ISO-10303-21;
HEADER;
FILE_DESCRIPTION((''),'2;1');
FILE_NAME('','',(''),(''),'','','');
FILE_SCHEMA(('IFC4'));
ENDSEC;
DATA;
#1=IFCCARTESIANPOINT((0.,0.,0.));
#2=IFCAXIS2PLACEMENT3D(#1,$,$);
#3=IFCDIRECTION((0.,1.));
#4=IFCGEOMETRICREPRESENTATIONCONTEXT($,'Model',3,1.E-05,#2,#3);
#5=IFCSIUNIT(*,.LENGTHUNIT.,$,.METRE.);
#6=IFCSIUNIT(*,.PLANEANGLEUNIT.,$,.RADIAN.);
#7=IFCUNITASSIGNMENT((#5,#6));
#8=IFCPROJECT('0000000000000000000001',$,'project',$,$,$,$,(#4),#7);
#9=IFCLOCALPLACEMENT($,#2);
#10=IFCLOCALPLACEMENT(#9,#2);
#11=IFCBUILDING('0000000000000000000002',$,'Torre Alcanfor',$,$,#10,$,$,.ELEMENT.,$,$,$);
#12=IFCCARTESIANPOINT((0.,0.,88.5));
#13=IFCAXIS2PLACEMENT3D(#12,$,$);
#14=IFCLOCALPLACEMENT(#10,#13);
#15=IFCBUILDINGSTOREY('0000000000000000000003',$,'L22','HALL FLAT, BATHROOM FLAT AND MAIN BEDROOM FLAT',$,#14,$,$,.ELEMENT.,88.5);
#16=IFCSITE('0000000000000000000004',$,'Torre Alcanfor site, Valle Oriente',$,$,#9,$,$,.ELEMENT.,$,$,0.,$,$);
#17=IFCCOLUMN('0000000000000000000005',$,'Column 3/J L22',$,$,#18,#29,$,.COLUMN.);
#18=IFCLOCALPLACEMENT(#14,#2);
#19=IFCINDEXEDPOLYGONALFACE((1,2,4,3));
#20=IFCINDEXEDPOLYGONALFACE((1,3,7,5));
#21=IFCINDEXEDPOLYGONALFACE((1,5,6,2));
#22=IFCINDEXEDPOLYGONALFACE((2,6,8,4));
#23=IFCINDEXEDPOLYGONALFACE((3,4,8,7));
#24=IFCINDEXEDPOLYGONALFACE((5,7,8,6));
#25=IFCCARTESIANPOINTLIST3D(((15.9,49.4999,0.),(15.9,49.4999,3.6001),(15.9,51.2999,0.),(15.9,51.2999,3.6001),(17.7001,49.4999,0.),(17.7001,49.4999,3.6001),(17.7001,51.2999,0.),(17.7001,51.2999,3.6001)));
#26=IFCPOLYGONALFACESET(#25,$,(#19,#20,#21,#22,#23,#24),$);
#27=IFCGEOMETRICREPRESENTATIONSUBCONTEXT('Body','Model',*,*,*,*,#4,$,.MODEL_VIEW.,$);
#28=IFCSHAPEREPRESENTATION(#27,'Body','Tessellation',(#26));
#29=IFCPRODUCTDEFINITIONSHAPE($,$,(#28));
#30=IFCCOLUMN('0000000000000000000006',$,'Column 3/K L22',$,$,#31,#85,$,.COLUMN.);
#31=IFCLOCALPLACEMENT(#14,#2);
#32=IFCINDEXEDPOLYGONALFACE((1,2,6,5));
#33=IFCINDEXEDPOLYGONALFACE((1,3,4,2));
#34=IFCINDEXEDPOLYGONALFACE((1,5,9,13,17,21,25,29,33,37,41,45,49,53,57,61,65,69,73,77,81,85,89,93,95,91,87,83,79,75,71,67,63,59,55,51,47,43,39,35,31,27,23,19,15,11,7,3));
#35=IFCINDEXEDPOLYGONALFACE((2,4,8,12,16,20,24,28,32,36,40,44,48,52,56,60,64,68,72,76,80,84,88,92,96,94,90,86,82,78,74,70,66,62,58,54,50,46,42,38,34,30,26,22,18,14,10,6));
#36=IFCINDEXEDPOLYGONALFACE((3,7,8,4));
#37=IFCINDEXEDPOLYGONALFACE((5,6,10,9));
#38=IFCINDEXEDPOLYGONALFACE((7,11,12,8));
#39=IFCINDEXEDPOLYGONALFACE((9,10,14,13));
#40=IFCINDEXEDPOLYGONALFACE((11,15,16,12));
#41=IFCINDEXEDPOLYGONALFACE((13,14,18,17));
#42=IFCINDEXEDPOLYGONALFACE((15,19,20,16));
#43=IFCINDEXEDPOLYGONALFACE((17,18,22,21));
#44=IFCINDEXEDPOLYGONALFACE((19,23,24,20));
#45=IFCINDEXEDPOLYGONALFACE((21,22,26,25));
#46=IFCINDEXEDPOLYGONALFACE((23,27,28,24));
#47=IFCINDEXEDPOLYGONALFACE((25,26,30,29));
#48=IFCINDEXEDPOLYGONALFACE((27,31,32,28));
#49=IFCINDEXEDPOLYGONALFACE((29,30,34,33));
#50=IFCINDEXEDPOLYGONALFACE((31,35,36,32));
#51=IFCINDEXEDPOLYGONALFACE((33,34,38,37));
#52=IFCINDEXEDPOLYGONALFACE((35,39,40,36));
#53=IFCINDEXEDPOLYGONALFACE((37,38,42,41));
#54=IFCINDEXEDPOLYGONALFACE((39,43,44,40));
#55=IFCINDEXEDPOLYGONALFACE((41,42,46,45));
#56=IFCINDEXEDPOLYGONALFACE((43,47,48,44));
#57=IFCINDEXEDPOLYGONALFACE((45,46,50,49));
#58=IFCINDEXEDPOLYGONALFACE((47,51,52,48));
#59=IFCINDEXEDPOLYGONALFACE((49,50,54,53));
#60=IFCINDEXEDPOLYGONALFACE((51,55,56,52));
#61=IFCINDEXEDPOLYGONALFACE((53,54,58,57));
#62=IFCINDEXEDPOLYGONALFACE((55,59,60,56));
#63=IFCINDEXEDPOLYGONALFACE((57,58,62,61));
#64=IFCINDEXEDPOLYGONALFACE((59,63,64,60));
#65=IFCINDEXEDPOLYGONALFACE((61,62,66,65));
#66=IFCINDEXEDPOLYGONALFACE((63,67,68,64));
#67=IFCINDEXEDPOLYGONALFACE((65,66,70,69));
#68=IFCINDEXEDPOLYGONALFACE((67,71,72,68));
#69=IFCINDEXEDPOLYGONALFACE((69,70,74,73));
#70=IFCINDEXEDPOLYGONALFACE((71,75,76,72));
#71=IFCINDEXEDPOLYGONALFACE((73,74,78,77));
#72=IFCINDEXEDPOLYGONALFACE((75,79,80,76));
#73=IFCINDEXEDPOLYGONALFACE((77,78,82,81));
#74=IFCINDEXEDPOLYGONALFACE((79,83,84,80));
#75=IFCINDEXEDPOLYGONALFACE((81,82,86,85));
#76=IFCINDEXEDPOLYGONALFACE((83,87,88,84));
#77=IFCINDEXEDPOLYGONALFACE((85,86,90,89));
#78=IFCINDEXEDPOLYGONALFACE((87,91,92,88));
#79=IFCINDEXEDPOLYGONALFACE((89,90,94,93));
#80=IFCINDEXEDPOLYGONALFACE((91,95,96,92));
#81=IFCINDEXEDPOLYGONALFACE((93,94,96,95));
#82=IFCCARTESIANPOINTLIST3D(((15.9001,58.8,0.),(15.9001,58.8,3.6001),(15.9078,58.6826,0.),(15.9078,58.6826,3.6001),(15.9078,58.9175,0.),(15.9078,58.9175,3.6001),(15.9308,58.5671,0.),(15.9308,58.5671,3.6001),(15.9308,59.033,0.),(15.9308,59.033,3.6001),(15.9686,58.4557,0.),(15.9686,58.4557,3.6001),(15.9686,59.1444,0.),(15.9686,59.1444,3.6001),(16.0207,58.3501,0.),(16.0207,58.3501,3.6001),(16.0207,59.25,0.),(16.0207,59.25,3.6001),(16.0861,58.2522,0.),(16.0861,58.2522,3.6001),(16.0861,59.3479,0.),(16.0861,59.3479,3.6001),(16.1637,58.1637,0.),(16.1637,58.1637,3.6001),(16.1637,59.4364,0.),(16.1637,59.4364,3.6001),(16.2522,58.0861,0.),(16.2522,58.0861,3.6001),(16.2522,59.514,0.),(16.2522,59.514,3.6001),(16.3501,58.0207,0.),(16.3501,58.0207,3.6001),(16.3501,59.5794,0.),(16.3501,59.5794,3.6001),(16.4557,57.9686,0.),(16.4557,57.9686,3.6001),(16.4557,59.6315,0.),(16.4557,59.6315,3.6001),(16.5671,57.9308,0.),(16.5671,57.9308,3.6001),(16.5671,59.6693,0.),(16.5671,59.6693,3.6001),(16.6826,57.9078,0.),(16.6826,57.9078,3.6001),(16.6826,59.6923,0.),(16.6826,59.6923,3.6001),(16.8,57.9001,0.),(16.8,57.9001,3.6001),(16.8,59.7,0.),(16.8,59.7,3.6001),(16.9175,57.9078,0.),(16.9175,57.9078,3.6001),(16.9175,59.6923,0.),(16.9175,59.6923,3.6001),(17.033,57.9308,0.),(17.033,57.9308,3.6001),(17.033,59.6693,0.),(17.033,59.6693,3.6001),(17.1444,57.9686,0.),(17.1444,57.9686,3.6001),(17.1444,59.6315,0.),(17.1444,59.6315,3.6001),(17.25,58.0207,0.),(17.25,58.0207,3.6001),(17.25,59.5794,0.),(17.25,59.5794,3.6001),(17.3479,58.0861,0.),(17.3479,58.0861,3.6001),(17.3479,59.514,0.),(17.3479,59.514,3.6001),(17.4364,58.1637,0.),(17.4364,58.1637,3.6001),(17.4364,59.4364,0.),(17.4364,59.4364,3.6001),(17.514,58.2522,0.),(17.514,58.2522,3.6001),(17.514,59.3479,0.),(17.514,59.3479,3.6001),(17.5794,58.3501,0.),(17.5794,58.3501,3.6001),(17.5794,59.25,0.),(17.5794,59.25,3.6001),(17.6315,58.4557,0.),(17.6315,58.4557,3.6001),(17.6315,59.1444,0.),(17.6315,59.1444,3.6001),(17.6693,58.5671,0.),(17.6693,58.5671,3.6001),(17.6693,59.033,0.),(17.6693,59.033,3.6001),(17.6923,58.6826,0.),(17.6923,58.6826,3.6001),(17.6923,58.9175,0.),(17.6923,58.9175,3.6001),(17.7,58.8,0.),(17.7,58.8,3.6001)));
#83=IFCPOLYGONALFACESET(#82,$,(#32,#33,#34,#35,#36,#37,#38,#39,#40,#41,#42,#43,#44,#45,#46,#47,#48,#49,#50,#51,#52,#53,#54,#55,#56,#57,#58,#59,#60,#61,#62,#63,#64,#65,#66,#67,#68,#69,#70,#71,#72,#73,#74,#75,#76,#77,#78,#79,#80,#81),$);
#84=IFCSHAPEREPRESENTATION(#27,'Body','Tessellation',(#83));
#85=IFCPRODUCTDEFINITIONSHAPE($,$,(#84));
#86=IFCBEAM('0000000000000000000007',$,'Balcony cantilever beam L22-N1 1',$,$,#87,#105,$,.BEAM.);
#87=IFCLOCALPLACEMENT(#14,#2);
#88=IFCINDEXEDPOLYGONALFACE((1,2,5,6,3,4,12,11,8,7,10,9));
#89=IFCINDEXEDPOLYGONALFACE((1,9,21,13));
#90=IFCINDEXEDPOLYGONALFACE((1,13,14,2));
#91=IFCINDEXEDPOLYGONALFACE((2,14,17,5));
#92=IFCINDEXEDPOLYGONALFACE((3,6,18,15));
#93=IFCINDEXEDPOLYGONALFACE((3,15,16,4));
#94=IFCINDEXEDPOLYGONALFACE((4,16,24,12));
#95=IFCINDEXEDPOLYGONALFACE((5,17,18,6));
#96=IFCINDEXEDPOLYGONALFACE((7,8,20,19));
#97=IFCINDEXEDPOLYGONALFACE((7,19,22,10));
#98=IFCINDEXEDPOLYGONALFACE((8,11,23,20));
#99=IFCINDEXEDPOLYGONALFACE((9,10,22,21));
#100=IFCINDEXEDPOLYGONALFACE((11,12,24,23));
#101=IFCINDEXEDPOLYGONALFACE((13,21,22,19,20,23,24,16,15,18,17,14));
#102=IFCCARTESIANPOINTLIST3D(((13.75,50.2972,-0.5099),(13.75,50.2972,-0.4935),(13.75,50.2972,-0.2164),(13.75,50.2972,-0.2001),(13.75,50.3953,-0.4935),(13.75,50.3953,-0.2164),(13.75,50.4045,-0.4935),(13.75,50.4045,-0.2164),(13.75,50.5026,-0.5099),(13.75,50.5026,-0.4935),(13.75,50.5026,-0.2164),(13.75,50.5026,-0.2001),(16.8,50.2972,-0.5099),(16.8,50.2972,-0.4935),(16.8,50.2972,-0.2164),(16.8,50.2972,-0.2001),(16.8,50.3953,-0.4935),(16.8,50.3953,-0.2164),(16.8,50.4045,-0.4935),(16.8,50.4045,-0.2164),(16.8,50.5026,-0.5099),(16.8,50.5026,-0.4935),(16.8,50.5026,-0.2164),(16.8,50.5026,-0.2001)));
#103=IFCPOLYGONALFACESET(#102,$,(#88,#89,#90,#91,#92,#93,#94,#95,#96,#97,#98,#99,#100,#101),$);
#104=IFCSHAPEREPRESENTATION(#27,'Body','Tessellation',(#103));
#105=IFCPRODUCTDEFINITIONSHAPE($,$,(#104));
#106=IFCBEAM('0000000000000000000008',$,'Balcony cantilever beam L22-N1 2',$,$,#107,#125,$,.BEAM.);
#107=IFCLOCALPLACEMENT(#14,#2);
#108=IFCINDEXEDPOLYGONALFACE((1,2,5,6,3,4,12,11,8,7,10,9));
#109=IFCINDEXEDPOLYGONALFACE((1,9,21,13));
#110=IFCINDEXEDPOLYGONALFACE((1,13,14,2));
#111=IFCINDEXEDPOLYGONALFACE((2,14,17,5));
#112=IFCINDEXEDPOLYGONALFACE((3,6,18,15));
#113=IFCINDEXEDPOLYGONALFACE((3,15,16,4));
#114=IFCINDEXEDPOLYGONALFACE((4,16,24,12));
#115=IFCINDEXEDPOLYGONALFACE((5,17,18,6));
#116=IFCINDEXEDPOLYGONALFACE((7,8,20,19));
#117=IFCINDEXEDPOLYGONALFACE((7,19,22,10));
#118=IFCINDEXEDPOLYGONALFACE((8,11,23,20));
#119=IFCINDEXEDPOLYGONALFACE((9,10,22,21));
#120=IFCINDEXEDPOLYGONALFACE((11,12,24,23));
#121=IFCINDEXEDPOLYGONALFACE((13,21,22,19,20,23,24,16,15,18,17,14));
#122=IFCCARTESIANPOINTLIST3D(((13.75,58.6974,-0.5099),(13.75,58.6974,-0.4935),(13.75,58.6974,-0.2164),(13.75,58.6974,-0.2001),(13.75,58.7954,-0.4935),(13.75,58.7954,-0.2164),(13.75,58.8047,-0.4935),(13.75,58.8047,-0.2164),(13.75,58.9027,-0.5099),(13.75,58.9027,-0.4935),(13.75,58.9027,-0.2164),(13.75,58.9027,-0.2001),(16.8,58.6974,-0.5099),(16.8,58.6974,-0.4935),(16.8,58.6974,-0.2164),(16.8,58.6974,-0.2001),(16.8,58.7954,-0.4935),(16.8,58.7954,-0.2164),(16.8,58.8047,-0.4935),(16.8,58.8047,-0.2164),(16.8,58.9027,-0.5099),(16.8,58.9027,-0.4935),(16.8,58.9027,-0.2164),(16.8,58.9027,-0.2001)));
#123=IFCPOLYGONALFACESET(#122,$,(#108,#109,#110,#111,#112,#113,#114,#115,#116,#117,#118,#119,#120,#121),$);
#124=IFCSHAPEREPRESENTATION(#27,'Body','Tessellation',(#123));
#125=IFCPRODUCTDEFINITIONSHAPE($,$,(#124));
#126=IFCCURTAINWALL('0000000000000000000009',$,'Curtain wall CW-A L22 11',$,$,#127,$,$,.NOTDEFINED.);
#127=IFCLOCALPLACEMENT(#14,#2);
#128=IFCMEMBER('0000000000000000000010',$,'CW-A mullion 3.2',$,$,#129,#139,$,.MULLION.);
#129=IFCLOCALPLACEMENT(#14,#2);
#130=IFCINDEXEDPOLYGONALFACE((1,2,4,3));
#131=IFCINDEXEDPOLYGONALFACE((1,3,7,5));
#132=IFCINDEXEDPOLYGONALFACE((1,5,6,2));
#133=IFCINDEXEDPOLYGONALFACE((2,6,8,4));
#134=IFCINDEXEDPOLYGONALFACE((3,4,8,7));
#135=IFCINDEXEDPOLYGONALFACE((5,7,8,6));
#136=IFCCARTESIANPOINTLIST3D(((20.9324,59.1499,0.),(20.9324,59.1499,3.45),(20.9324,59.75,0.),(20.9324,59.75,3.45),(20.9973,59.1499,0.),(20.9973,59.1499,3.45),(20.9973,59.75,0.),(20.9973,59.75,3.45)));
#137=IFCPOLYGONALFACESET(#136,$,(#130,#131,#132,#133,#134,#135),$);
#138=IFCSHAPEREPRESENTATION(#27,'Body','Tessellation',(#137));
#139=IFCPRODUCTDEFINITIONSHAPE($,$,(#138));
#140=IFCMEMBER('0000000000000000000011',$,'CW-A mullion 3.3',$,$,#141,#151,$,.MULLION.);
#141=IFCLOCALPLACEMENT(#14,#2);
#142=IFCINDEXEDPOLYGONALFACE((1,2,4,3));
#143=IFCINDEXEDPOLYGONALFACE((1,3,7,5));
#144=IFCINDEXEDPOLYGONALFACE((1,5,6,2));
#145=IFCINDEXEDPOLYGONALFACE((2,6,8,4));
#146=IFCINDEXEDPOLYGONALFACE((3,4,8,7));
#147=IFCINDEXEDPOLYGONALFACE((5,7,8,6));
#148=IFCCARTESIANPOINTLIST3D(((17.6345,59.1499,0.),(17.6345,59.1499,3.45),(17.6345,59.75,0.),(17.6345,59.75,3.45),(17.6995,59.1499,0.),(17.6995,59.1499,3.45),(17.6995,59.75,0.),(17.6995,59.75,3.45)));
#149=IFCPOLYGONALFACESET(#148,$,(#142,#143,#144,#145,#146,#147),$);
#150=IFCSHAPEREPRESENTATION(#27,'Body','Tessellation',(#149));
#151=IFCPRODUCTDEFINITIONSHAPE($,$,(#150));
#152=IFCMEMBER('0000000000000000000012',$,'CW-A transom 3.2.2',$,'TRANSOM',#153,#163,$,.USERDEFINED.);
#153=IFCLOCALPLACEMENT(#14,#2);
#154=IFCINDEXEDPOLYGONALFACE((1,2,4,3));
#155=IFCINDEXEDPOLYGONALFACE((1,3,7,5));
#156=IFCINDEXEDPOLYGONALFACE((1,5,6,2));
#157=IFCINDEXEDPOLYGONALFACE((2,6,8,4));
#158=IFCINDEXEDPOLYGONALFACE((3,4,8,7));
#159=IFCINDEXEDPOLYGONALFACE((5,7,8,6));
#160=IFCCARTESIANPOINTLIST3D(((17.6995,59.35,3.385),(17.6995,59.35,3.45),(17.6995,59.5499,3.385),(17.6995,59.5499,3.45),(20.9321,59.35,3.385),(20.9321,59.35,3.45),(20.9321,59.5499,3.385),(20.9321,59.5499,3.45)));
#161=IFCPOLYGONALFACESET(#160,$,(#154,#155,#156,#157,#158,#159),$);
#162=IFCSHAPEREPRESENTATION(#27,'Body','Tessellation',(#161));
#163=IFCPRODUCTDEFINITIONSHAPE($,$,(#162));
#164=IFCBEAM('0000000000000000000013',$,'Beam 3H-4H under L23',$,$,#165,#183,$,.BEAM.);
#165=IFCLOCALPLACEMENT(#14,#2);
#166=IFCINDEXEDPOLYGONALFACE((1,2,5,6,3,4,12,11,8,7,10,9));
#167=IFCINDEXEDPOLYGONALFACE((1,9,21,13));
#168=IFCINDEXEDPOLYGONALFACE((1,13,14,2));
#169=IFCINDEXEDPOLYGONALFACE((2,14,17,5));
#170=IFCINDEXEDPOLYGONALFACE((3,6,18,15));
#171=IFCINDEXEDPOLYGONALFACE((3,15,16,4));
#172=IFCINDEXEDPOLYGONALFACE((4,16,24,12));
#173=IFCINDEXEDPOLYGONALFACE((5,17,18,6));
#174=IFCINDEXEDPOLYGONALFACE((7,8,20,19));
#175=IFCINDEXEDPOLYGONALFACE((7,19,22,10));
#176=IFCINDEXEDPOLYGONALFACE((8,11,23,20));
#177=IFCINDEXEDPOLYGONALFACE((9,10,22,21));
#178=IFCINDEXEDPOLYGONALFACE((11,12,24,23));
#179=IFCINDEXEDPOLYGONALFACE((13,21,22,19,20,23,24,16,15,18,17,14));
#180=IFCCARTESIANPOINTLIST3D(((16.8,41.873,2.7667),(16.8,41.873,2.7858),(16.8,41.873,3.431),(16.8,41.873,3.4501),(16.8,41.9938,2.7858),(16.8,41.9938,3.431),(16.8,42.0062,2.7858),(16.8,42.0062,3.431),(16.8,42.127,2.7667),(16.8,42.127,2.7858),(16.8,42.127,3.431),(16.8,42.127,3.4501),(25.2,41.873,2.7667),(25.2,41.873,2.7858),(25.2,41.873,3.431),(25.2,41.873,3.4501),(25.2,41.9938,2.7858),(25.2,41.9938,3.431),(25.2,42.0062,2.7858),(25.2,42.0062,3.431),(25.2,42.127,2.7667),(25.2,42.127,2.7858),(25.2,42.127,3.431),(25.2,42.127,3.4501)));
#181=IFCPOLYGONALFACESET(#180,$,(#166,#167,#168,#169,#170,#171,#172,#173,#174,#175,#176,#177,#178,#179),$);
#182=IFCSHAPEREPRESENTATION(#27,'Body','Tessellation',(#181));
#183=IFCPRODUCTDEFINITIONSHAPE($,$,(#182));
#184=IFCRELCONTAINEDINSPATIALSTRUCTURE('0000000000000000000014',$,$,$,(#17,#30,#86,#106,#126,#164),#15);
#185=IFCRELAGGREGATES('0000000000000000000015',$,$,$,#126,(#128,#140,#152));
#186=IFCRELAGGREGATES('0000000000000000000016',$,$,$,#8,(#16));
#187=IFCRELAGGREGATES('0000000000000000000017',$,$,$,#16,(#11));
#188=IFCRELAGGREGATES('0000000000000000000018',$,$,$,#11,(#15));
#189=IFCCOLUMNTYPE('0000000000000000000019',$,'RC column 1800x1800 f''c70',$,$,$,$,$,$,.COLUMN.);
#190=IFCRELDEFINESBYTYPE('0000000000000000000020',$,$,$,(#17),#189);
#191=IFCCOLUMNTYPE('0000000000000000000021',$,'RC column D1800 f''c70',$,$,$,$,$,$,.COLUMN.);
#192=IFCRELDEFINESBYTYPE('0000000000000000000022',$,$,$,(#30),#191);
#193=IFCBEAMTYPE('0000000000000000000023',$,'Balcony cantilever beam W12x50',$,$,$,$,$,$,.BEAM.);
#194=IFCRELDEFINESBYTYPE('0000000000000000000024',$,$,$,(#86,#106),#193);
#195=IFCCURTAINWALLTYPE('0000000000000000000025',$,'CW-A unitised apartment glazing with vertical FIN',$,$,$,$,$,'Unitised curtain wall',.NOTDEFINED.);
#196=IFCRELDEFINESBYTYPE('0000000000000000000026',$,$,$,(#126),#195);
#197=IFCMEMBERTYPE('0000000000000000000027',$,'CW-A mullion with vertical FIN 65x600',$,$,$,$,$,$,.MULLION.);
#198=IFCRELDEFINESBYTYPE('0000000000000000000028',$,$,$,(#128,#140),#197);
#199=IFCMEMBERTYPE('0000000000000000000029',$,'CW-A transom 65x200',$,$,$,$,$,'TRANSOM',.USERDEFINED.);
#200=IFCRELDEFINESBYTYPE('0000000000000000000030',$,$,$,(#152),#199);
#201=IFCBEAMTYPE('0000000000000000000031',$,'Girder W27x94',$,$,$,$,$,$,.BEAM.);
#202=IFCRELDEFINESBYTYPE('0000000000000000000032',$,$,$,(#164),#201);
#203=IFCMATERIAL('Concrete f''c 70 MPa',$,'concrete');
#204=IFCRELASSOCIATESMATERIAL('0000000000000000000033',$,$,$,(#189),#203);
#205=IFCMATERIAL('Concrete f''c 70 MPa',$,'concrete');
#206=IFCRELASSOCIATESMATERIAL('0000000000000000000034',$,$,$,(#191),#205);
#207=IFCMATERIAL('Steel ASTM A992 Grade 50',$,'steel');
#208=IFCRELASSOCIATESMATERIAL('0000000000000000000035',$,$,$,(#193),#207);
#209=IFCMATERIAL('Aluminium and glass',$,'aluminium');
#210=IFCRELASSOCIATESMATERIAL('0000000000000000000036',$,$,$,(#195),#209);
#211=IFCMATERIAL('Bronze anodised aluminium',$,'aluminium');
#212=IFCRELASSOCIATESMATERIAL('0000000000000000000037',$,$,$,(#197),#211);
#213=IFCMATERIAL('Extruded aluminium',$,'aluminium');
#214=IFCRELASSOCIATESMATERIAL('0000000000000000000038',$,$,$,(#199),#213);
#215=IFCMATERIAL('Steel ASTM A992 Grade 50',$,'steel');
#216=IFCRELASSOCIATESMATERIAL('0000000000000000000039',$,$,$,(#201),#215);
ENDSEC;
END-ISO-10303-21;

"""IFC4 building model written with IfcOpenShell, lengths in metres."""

from ifc_helpers import new_model, si_unit, direction, frame, origin, origin_2d, place, context, subcontext, project, spatial, rectangle, circle, i_section, extrude, material, material_profile, profile_set, type_object, element, aggregate, save


model = new_model("IFC4")

# Units and contexts
model_context = context("Model", 3, precision=1e-05, world=origin(), true_north=direction((0.0, 1.0)))
body_context = subcontext(model_context, "Body", "Model", "MODEL_VIEW")
ifc_project = project(units=[si_unit("LENGTHUNIT", "METRE"), si_unit("PLANEANGLEUNIT", "RADIAN")], contexts=[model_context])

# Site, building, storey
site_placement = place(None, origin())
site = spatial("IfcSite", under=ifc_project, at=site_placement, Name="Torre Alcanfor site, Valle Oriente", CompositionType="ELEMENT", RefElevation=0.0)
building_placement = place(site_placement, origin())
building = spatial("IfcBuilding", under=site, at=building_placement, Name="Torre Alcanfor", CompositionType="ELEMENT")
storey_placement = place(building_placement, frame((0.0, 0.0, 88.5)))
storey = spatial("IfcBuildingStorey", under=building, at=storey_placement, Name="L22", Description="HALL FLAT, BATHROOM FLAT AND MAIN BEDROOM FLAT", CompositionType="ELEMENT", Elevation=88.5)

# Columns
ifc_material_1 = material(Name="Concrete f'c 70 MPa", Category="concrete")
ifc_material_profile_1 = material_profile(ifc_material_1, rectangle(XDim=1.8, YDim=1.8, at=origin_2d()), Name="1800x1800")
ifc_profile_set_1 = profile_set([ifc_material_profile_1], Name="Concrete f'c 70 MPa")
column_type_1 = type_object("IfcColumnType", Name="RC column 1800x1800 f'c70", PredefinedType="COLUMN", material=ifc_profile_set_1)
column_1_placement = place(storey_placement, frame((16.8, 50.3999, 0.0), z_axis=(0.0, 0.0, 1.0), x_axis=(1.0, 0.0, 0.0)))
element("IfcColumn", 1, at=column_1_placement, inside=storey, type_object=column_type_1, Name="Column 3/J L22", PredefinedType="COLUMN", context=body_context, shape_type="SweptSolid", body=[
    extrude(rectangle(XDim=1.8, YDim=1.8, at=origin_2d()), origin(), (0.0, 0.0, 1.0), 3.6001),
])
ifc_material_2 = material(Name="Concrete f'c 70 MPa", Category="concrete")
ifc_material_profile_2 = material_profile(ifc_material_2, circle(Radius=0.8999, at=origin_2d()), Name="D1800")
ifc_profile_set_2 = profile_set([ifc_material_profile_2], Name="Concrete f'c 70 MPa")
column_type_2 = type_object("IfcColumnType", Name="RC column D1800 f'c70", PredefinedType="COLUMN", material=ifc_profile_set_2)
column_2_placement = place(storey_placement, frame((16.8, 58.8, 0.0), z_axis=(0.0, 0.0, 1.0), x_axis=(1.0, 0.0, 0.0)))
element("IfcColumn", 2, at=column_2_placement, inside=storey, type_object=column_type_2, Name="Column 3/K L22", PredefinedType="COLUMN", context=body_context, shape_type="SweptSolid", body=[
    extrude(circle(Radius=0.8999, at=origin_2d()), origin(), (0.0, 0.0, 1.0), 3.6001),
])

# Beams
ifc_material_3 = material(Name="Steel ASTM A992 Grade 50", Category="steel")
ifc_material_profile_3 = material_profile(ifc_material_3, i_section(OverallWidth=0.2053, OverallDepth=0.3098, WebThickness=0.0093, FlangeThickness=0.0164, at=origin_2d()), Name="W12x50")
ifc_profile_set_3 = profile_set([ifc_material_profile_3], Name="Steel ASTM A992 Grade 50")
beam_type_1 = type_object("IfcBeamType", Name="Balcony cantilever beam W12x50", PredefinedType="BEAM", material=ifc_profile_set_3)
for number, where, z_axis, x_axis, name in (
    (3, (16.8, 50.3999, -0.355), (-1.0, 0.0, 0.0), (0.0, -1.0, 0.0), "Balcony cantilever beam L22-N1 1"),
    (4, (16.8, 58.8, -0.355), (-1.0, 0.0, 0.0), (0.0, -1.0, 0.0), "Balcony cantilever beam L22-N1 2"),
):
    element("IfcBeam", number, at=place(storey_placement, frame(where, z_axis=z_axis, x_axis=x_axis)), inside=storey, type_object=beam_type_1, Name=name, PredefinedType="BEAM", context=body_context, shape_type="SweptSolid", body=[
        extrude(i_section(OverallWidth=0.2053, OverallDepth=0.3098, WebThickness=0.0093, FlangeThickness=0.0164, at=origin_2d()), origin(), (0.0, 0.0, 1.0), 3.05),
    ])

# Curtain wall, members
ifc_material_4 = material(Name="Aluminium and glass", Category="aluminium")
curtain_wall_type = type_object("IfcCurtainWallType", Name="CW-A unitised apartment glazing with vertical FIN", ElementType="Unitised curtain wall", PredefinedType="NOTDEFINED", material=ifc_material_4)
curtain_wall_placement = place(storey_placement, origin())
curtain_wall = element("IfcCurtainWall", 5, at=curtain_wall_placement, inside=storey, type_object=curtain_wall_type, Name="Curtain wall CW-A L22 11", PredefinedType="NOTDEFINED")
ifc_material_5 = material(Name="Bronze anodised aluminium", Category="aluminium")
ifc_material_profile_4 = material_profile(ifc_material_5, rectangle(XDim=0.6001, YDim=0.0649, at=origin_2d()), Name="CW-A mullion 65x600")
ifc_profile_set_4 = profile_set([ifc_material_profile_4], Name="Bronze anodised aluminium")
member_type_1 = type_object("IfcMemberType", Name="CW-A mullion with vertical FIN 65x600", PredefinedType="MULLION", material=ifc_profile_set_4)
member_1_placement = place(storey_placement, frame((20.9648, 59.45, 0.0), z_axis=(0.0, 0.0, 1.0), x_axis=(0.0, -1.0, 0.0)))
member_1 = element("IfcMember", 6, at=member_1_placement, type_object=member_type_1, Name="CW-A mullion 3.2", PredefinedType="MULLION", context=body_context, shape_type="SweptSolid", body=[
    extrude(rectangle(XDim=0.6001, YDim=0.0649, at=origin_2d()), origin(), (0.0, 0.0, 1.0), 3.45),
])
member_2_placement = place(storey_placement, frame((17.667, 59.45, 0.0), z_axis=(0.0, 0.0, 1.0), x_axis=(0.0, -1.0, 0.0)))
member_2 = element("IfcMember", 7, at=member_2_placement, type_object=member_type_1, Name="CW-A mullion 3.3", PredefinedType="MULLION", context=body_context, shape_type="SweptSolid", body=[
    extrude(rectangle(XDim=0.6001, YDim=0.0649, at=origin_2d()), origin(), (0.0, 0.0, 1.0), 3.45),
])
ifc_material_6 = material(Name="Extruded aluminium", Category="aluminium")
ifc_material_profile_5 = material_profile(ifc_material_6, rectangle(XDim=0.2, YDim=0.0649, at=origin_2d()), Name="CW-A transom 200x65")
ifc_profile_set_5 = profile_set([ifc_material_profile_5], Name="Extruded aluminium")
member_type_2 = type_object("IfcMemberType", Name="CW-A transom 65x200", ElementType="TRANSOM", PredefinedType="USERDEFINED", material=ifc_profile_set_5)
member_3_placement = place(storey_placement, frame((20.9321, 59.45, 3.4175), z_axis=(-1.0, 0.0, 0.0), x_axis=(0.0, -1.0, 0.0)))
member_3 = element("IfcMember", 8, at=member_3_placement, type_object=member_type_2, Name="CW-A transom 3.2.2", ObjectType="TRANSOM", PredefinedType="USERDEFINED", context=body_context, shape_type="SweptSolid", body=[
    extrude(rectangle(XDim=0.2, YDim=0.0649, at=origin_2d()), origin(), (0.0, 0.0, 1.0), 3.2327),
])

# Beam
ifc_material_7 = material(Name="Steel ASTM A992 Grade 50", Category="steel")
ifc_material_profile_6 = material_profile(ifc_material_7, i_section(OverallWidth=0.2539, OverallDepth=0.6833, WebThickness=0.0125, FlangeThickness=0.019, at=origin_2d()), Name="W27x94")
ifc_profile_set_6 = profile_set([ifc_material_profile_6], Name="Steel ASTM A992 Grade 50")
beam_type_2 = type_object("IfcBeamType", Name="Girder W27x94", PredefinedType="BEAM", material=ifc_profile_set_6)
for number, where, z_axis, x_axis, name in (
    (9, (16.8, 42.0, 3.1084), (1.0, 0.0, 0.0), (0.0, 1.0, 0.0), "Beam 3H-4H under L23"),
):
    element("IfcBeam", number, at=place(storey_placement, frame(where, z_axis=z_axis, x_axis=x_axis)), inside=storey, type_object=beam_type_2, Name=name, PredefinedType="BEAM", context=body_context, shape_type="SweptSolid", body=[
        extrude(i_section(OverallWidth=0.2539, OverallDepth=0.6833, WebThickness=0.0125, FlangeThickness=0.019, at=origin_2d()), origin(), (0.0, 0.0, 1.0), 8.3999),
    ])

aggregate(curtain_wall, [member_1, member_2, member_3])

save(model, "model.ifc")
